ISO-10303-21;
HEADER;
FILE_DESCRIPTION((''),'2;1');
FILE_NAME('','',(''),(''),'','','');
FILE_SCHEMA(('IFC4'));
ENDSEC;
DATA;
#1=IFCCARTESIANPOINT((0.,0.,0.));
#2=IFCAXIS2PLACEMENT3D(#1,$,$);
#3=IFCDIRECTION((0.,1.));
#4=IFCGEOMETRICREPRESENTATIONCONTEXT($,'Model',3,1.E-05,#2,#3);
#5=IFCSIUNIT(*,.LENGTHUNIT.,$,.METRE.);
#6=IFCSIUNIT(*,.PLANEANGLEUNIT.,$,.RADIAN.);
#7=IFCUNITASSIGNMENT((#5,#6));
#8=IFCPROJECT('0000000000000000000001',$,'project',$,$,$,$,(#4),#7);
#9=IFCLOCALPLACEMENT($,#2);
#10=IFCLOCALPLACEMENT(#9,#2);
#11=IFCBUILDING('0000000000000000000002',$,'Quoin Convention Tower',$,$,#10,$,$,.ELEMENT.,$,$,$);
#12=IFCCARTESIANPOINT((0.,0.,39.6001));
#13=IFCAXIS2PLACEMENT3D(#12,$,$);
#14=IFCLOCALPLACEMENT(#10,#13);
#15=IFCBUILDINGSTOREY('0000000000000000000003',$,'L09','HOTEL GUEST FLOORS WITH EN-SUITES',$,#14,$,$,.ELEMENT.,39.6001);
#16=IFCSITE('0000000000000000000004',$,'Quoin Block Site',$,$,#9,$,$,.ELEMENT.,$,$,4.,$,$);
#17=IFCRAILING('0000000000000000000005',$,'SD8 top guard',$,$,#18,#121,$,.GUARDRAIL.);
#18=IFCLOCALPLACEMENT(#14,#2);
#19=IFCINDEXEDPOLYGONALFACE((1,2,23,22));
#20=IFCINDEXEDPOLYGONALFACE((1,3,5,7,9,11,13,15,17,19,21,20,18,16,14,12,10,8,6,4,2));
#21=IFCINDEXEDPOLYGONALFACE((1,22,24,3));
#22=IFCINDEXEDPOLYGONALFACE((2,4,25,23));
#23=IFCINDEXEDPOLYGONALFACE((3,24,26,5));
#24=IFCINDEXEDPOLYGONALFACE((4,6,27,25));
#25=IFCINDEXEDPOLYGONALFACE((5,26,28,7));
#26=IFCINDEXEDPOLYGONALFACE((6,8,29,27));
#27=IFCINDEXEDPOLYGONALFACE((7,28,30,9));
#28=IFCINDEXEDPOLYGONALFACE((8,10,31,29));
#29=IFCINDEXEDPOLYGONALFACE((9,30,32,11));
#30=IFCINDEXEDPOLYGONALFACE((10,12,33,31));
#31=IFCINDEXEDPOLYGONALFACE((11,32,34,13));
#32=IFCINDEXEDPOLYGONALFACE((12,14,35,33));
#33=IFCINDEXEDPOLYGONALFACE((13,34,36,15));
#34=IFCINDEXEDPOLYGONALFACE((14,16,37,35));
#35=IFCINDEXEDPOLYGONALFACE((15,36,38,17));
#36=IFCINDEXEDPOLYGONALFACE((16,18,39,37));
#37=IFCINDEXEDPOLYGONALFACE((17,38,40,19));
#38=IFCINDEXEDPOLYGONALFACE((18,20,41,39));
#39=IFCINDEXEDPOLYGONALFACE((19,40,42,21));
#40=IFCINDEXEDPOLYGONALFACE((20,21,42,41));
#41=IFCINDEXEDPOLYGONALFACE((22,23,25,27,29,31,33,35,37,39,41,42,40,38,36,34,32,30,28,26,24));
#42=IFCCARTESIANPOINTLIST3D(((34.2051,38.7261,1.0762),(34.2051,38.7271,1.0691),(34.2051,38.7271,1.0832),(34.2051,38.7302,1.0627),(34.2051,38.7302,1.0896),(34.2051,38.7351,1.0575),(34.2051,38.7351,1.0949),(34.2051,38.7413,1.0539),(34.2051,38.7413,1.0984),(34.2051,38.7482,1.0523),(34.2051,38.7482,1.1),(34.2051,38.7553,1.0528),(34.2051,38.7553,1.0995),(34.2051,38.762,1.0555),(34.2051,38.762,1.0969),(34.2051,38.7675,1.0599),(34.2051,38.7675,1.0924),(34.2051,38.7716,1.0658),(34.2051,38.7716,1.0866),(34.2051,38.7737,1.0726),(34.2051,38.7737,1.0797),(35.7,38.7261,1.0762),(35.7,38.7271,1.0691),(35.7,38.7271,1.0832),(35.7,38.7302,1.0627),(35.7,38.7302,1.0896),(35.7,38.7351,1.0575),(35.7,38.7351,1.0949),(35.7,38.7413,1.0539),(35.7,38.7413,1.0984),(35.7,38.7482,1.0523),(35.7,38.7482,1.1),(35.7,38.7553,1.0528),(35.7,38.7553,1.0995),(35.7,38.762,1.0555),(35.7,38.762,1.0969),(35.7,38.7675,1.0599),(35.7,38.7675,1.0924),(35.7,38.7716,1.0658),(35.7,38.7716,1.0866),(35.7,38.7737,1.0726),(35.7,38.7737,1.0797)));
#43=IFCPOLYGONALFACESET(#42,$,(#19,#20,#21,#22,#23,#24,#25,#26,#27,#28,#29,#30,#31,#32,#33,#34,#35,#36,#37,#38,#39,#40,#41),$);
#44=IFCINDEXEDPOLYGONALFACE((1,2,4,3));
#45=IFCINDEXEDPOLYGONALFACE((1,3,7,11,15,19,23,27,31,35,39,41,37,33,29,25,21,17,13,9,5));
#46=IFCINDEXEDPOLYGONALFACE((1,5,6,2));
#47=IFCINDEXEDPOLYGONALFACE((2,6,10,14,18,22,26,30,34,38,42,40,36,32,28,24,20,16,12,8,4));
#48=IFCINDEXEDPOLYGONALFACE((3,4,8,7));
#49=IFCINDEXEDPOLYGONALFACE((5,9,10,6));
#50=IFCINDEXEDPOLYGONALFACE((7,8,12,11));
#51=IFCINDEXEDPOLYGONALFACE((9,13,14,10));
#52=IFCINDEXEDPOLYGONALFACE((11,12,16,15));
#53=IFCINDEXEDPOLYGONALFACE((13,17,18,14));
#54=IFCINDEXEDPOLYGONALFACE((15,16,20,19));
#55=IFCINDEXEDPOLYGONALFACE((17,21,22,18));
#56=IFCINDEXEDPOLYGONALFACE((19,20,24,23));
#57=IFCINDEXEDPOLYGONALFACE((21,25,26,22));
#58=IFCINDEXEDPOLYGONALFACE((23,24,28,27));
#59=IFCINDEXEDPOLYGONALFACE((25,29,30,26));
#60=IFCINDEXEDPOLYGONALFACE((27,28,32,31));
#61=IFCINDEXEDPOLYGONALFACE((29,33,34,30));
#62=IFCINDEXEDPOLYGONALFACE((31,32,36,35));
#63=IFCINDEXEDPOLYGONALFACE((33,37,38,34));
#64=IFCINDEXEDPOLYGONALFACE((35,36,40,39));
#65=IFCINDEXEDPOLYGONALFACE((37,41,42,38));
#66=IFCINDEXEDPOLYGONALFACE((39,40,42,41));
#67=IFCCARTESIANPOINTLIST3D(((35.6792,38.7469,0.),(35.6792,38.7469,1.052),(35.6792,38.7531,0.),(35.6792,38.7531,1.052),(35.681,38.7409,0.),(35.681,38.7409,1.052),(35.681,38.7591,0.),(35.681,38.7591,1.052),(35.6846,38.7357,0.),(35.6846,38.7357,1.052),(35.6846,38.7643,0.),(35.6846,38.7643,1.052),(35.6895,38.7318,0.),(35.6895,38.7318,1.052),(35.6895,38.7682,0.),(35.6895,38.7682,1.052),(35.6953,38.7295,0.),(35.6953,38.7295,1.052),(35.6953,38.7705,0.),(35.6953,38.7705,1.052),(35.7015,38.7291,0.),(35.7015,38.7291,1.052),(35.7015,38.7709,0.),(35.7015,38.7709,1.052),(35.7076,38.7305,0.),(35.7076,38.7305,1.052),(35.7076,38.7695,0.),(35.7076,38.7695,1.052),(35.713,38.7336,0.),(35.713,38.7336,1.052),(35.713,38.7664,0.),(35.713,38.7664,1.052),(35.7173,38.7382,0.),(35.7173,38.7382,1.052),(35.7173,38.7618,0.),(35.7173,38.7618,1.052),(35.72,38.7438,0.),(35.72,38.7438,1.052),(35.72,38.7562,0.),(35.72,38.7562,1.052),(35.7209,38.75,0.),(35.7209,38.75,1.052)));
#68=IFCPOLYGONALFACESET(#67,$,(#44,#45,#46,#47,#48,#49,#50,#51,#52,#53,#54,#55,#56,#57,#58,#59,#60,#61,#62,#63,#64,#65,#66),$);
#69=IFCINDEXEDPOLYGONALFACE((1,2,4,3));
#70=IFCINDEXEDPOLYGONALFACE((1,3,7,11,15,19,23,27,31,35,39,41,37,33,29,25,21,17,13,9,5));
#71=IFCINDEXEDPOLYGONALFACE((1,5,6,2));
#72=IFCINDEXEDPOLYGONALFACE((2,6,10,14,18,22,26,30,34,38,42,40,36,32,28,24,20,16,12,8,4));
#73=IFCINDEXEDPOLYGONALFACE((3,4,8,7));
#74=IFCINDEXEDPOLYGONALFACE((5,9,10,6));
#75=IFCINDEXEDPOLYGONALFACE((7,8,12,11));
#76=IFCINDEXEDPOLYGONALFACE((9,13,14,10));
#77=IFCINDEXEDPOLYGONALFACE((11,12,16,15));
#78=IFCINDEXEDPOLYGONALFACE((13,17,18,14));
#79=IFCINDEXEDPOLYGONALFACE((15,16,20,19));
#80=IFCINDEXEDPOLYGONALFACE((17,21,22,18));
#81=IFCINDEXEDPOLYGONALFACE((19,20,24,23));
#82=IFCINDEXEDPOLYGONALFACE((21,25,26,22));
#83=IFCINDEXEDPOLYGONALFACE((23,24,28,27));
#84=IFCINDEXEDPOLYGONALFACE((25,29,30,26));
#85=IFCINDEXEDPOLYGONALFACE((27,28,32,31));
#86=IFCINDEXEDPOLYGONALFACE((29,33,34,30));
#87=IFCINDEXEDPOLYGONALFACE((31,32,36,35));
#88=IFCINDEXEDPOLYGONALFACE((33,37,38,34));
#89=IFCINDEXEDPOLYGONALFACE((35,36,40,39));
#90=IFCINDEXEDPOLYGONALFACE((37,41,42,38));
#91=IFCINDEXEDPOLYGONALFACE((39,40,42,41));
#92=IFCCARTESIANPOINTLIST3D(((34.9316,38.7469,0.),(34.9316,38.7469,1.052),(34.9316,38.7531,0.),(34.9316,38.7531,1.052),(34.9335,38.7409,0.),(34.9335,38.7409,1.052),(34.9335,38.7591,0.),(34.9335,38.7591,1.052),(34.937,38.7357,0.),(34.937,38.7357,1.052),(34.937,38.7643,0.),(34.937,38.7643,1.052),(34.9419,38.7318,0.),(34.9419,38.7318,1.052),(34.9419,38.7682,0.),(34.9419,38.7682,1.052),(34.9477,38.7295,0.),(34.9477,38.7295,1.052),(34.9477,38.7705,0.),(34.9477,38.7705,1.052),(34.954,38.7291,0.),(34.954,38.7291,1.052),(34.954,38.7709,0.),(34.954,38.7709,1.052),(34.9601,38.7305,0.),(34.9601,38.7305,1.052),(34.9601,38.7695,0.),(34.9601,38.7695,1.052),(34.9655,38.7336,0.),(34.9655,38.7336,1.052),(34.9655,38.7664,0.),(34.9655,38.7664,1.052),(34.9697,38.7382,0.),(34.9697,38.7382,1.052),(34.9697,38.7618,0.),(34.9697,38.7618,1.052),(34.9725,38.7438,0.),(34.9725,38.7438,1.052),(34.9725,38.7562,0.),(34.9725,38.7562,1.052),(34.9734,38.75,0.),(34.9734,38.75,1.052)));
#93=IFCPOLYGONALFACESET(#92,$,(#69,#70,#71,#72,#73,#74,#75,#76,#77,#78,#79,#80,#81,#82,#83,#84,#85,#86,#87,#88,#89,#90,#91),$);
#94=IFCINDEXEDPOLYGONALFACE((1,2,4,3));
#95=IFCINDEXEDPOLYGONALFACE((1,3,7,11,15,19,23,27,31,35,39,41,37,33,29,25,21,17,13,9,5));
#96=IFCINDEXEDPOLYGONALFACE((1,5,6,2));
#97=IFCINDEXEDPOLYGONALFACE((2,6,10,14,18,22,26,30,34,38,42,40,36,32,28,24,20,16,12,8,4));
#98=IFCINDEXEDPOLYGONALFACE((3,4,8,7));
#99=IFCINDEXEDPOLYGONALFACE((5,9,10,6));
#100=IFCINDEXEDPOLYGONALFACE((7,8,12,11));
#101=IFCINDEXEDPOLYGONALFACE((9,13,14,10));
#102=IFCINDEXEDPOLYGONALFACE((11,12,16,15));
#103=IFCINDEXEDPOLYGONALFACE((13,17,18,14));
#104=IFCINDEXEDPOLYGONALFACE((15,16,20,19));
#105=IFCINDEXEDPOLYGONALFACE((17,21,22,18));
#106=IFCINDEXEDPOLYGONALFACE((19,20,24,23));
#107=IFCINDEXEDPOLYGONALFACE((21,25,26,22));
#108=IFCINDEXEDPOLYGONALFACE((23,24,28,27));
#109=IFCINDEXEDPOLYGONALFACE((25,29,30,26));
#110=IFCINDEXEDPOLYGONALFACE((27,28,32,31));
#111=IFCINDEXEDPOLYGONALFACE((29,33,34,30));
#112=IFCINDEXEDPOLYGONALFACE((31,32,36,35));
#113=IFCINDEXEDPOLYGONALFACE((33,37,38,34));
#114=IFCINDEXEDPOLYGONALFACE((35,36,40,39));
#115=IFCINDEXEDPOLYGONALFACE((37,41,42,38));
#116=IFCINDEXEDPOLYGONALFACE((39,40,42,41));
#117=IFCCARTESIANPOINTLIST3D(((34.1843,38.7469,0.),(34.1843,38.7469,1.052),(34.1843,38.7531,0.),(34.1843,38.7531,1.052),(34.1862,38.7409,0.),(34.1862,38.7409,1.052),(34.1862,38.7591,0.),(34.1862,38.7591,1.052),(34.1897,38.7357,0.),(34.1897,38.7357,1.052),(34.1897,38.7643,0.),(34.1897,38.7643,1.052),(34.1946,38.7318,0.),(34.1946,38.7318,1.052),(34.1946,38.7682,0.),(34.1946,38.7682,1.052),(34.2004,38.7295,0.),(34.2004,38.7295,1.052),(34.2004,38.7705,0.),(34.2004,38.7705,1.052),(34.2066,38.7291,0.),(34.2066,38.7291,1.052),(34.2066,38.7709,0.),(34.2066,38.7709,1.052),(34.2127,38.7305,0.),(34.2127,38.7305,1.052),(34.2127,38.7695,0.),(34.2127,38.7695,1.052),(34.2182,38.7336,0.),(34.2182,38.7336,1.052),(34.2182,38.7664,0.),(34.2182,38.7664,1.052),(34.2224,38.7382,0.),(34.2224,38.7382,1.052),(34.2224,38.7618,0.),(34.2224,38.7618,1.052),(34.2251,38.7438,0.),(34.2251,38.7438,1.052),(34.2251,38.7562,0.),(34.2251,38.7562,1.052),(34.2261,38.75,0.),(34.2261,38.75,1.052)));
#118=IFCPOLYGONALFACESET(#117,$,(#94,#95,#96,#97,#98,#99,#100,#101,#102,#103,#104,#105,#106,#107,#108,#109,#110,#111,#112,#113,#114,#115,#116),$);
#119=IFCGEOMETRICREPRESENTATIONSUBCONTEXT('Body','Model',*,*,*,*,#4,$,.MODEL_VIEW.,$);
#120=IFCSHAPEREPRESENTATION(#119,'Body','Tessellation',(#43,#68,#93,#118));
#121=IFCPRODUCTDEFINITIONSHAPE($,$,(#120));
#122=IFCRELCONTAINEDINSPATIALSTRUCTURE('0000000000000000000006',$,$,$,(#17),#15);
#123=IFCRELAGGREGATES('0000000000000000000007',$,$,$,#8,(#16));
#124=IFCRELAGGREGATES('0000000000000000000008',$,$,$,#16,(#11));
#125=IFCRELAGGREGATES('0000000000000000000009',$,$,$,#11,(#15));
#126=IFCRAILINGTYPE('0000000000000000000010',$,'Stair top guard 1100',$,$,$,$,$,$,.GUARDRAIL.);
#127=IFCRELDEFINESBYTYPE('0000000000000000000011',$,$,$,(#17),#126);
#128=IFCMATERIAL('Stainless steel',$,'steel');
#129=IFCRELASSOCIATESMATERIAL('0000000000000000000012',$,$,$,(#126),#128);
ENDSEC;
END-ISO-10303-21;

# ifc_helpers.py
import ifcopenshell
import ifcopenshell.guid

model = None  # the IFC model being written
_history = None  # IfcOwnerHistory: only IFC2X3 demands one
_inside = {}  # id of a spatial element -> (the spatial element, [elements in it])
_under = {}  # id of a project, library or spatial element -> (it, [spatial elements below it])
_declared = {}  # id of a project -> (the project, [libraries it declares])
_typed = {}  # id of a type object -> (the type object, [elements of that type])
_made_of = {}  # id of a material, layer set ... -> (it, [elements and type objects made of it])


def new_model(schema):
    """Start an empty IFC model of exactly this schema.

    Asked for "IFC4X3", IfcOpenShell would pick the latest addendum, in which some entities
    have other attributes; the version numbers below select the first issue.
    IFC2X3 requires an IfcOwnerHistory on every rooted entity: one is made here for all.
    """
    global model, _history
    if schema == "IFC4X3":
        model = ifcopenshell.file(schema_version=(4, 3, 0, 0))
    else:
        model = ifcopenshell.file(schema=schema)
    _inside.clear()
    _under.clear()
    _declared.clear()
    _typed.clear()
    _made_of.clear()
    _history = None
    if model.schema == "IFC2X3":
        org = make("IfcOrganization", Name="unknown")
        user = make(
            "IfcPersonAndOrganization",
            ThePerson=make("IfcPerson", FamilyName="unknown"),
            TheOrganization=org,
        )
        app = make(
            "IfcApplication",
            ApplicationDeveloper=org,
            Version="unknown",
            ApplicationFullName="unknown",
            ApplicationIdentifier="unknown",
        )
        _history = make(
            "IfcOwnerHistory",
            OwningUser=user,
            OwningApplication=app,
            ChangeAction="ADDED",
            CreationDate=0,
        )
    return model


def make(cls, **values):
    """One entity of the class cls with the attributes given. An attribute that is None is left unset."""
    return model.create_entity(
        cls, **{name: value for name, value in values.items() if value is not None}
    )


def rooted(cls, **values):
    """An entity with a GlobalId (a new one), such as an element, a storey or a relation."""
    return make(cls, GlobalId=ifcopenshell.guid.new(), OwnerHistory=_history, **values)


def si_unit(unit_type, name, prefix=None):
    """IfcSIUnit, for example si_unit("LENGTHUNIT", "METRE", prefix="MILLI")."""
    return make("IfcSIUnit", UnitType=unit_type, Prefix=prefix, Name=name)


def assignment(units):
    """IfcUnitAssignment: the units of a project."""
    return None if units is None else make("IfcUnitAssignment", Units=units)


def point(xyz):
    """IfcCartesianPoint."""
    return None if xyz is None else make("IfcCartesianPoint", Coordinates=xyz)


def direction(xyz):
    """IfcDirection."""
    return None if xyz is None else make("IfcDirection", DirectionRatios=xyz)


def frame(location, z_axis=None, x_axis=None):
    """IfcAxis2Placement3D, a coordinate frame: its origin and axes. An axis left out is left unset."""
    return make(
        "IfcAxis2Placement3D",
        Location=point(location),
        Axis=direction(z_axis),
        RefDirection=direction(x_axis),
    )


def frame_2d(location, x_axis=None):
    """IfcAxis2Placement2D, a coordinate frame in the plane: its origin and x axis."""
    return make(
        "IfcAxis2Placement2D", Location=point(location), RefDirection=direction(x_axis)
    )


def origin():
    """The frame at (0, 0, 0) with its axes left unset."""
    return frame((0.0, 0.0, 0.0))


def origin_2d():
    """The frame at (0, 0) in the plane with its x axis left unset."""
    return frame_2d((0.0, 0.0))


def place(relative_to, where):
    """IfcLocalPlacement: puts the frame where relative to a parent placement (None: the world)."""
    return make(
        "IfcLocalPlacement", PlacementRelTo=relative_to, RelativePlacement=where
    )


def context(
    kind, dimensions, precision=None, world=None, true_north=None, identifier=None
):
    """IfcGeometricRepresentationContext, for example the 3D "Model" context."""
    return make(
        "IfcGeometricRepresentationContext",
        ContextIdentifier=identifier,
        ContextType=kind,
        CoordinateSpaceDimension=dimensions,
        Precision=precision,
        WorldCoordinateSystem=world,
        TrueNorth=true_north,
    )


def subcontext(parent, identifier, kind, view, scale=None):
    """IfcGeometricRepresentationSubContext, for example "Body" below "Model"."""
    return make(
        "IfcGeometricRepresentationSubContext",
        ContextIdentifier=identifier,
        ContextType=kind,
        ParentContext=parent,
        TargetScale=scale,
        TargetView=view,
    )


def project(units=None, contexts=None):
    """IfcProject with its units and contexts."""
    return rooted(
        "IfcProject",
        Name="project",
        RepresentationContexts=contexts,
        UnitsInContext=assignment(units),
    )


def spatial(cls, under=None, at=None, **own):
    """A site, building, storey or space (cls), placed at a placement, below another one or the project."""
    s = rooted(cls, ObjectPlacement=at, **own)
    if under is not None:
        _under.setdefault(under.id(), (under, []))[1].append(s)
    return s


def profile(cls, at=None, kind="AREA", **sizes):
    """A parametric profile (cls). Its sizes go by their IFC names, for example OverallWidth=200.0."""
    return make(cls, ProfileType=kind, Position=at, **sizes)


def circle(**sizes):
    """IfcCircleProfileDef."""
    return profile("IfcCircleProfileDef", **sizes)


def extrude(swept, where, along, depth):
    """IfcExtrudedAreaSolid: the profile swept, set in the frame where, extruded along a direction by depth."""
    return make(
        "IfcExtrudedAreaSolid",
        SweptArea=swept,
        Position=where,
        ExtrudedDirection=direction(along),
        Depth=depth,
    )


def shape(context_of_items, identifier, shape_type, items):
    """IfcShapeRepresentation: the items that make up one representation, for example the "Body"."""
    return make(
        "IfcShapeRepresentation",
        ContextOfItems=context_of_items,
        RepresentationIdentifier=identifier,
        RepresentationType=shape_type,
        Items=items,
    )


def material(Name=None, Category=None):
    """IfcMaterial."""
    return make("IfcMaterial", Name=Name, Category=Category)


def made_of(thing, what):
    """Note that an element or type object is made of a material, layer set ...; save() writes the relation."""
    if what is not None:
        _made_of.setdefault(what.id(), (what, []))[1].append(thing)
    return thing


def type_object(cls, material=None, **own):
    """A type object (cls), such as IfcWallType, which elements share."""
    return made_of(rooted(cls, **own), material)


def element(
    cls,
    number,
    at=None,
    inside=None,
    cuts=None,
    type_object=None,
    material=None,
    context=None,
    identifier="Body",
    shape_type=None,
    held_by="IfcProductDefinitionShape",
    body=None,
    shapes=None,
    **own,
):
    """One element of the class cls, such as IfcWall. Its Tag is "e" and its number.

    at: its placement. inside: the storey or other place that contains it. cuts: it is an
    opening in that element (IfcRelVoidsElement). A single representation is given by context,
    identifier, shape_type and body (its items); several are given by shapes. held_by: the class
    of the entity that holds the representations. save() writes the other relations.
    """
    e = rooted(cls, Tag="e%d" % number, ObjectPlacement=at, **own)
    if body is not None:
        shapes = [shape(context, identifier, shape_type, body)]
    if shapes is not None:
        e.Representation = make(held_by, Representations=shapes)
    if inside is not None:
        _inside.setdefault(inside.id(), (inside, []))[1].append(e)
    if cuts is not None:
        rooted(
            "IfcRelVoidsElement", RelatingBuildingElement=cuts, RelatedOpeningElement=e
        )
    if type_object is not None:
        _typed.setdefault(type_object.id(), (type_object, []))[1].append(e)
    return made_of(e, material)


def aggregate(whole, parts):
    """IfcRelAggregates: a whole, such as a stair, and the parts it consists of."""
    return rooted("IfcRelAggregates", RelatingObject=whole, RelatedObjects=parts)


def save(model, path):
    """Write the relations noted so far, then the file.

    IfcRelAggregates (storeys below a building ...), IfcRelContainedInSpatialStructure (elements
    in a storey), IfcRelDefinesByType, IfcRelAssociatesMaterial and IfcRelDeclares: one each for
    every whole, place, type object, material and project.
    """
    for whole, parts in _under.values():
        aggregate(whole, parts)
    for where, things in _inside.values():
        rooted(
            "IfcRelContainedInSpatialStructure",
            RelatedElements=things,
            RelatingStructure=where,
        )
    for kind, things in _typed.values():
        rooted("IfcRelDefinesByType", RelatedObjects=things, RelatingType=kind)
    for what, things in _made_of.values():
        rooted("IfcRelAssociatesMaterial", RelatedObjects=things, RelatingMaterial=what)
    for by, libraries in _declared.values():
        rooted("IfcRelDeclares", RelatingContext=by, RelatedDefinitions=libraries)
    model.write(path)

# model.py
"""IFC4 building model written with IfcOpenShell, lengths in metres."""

from ifc_helpers import new_model, si_unit, direction, frame, origin, origin_2d, place, context, subcontext, project, spatial, circle, extrude, material, type_object, element, save


model = new_model("IFC4")

# Units and contexts
model_context = context("Model", 3, precision=1e-05, world=origin(), true_north=direction((0.0, 1.0)))
body_context = subcontext(model_context, "Body", "Model", "MODEL_VIEW")
ifc_project = project(units=[si_unit("LENGTHUNIT", "METRE"), si_unit("PLANEANGLEUNIT", "RADIAN")], contexts=[model_context])

# Site, building, storey
site_placement = place(None, origin())
site = spatial("IfcSite", under=ifc_project, at=site_placement, Name="Quoin Block Site", CompositionType="ELEMENT", RefElevation=4.0)
building_placement = place(site_placement, origin())
building = spatial("IfcBuilding", under=site, at=building_placement, Name="Quoin Convention Tower", CompositionType="ELEMENT")
storey_placement = place(building_placement, frame((0.0, 0.0, 39.6001)))
storey = spatial("IfcBuildingStorey", under=building, at=storey_placement, Name="L09", Description="HOTEL GUEST FLOORS WITH EN-SUITES", CompositionType="ELEMENT", Elevation=39.6001)

# Railing
ifc_material_1 = material(Name="Stainless steel", Category="steel")
railing_type_1 = type_object("IfcRailingType", Name="Stair top guard 1100", PredefinedType="GUARDRAIL", material=ifc_material_1)
railing_1_placement = place(storey_placement, frame((35.7, 38.75, 0.0)))
element("IfcRailing", 1, at=railing_1_placement, inside=storey, type_object=railing_type_1, Name="SD8 top guard", PredefinedType="GUARDRAIL", context=body_context, shape_type="SweptSolid", body=[
    extrude(circle(Radius=0.0239, at=origin_2d()), frame((0.0, 0.0, 1.0762), z_axis=(-1.0, 0.0, 0.0), x_axis=(0.0, -1.0, 0.0)), (0.0, 0.0, 1.0), 1.4949),
    extrude(circle(Radius=0.021, at=origin_2d()), origin(), (0.0, 0.0, 1.0), 1.052),
    extrude(circle(Radius=0.021, at=origin_2d()), frame((-0.7476, 0.0, 0.0)), (0.0, 0.0, 1.0), 1.052),
    extrude(circle(Radius=0.021, at=origin_2d()), frame((-1.4949, 0.0, 0.0)), (0.0, 0.0, 1.0), 1.052),
])

save(model, "model.ifc")
